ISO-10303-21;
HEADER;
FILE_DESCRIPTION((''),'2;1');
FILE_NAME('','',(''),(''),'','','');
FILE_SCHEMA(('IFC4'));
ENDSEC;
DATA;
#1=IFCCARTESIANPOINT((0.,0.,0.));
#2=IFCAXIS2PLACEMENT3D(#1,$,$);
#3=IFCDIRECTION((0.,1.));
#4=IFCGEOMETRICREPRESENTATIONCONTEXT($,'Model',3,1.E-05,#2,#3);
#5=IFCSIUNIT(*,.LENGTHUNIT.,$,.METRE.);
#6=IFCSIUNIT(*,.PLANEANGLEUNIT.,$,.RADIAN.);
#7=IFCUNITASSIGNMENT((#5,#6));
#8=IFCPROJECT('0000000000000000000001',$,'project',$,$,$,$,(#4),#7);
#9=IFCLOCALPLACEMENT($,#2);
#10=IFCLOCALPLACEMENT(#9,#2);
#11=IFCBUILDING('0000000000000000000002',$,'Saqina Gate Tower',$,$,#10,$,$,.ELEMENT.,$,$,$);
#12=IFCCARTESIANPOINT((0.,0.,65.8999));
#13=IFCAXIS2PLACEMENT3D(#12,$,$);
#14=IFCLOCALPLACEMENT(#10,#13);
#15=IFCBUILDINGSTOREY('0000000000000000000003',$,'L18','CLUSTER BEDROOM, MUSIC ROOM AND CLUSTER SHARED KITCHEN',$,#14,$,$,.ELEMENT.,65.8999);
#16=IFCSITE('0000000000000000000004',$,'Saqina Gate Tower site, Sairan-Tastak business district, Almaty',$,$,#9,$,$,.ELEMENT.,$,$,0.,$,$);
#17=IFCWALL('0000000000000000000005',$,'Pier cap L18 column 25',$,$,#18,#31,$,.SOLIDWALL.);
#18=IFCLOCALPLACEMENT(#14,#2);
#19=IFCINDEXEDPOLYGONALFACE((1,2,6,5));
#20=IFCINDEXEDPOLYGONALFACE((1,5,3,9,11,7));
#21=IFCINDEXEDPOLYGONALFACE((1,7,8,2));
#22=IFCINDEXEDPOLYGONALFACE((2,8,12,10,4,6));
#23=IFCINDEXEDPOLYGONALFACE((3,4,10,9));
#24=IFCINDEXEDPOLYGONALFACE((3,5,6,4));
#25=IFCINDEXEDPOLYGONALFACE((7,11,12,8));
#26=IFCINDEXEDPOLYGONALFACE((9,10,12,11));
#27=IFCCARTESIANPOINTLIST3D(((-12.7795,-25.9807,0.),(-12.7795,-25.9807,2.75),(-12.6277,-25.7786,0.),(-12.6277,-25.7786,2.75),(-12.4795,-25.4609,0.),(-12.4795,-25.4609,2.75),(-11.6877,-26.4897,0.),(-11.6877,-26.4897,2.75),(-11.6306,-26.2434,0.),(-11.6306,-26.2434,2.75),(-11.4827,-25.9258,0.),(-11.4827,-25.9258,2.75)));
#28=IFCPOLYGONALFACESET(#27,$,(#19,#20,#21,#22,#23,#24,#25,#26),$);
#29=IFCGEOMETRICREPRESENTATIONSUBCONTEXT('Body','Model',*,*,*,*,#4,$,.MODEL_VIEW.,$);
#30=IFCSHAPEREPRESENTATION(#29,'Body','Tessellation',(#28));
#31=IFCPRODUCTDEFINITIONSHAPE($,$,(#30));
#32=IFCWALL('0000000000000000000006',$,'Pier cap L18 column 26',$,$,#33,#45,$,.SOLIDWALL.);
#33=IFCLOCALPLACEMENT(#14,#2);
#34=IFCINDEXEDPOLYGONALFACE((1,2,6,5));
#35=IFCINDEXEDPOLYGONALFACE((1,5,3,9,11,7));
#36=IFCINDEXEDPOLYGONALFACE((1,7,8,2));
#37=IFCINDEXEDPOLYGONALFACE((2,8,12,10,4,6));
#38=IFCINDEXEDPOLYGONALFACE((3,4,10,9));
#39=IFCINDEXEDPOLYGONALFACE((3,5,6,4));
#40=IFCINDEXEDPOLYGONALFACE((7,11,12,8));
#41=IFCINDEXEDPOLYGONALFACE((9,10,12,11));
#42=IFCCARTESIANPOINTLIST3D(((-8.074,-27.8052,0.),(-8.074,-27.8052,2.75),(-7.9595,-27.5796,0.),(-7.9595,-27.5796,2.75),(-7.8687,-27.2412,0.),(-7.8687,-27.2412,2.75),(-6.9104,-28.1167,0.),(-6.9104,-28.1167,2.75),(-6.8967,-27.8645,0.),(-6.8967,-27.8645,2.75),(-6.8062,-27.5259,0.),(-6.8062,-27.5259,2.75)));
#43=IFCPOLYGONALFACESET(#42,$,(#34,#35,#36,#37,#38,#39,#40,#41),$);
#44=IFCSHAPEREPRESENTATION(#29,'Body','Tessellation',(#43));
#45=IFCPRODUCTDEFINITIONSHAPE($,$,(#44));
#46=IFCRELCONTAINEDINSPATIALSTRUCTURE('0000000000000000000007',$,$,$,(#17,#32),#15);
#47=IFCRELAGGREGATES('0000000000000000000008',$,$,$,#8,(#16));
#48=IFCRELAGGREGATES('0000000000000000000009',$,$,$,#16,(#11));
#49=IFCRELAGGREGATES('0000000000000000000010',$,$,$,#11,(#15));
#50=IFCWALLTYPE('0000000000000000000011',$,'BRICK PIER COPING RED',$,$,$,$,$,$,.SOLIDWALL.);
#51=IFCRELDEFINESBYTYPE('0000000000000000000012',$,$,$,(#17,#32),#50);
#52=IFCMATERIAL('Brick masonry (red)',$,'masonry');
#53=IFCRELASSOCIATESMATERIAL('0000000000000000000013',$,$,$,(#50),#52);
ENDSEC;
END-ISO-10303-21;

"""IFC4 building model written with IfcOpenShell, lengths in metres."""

from ifc_helpers import new_model, si_unit, direction, frame, origin, place, context, subcontext, project, spatial, polyline, outline, extrude, material, type_object, element, save


model = new_model("IFC4")

# Units and contexts
model_context = context("Model", 3, precision=1e-05, world=origin(), true_north=direction((0.0, 1.0)))
body_context = subcontext(model_context, "Body", "Model", "MODEL_VIEW")
ifc_project = project(units=[si_unit("LENGTHUNIT", "METRE"), si_unit("PLANEANGLEUNIT", "RADIAN")], contexts=[model_context])

# Site, building, storey
site_placement = place(None, origin())
site = spatial("IfcSite", under=ifc_project, at=site_placement, Name="Saqina Gate Tower site, Sairan-Tastak business district, Almaty", CompositionType="ELEMENT", RefElevation=0.0)
building_placement = place(site_placement, origin())
building = spatial("IfcBuilding", under=site, at=building_placement, Name="Saqina Gate Tower", CompositionType="ELEMENT")
storey_placement = place(building_placement, frame((0.0, 0.0, 65.8999)))
storey = spatial("IfcBuildingStorey", under=building, at=storey_placement, Name="L18", Description="CLUSTER BEDROOM, MUSIC ROOM AND CLUSTER SHARED KITCHEN", CompositionType="ELEMENT", Elevation=65.8999)

# Walls
ifc_material_1 = material(Name="Brick masonry (red)", Category="masonry")
wall_type = type_object("IfcWallType", Name="BRICK PIER COPING RED", PredefinedType="SOLIDWALL", material=ifc_material_1)
wall_1_placement = place(storey_placement, origin())
element("IfcWall", 1, at=wall_1_placement, inside=storey, type_object=wall_type, Name="Pier cap L18 column 25", PredefinedType="SOLIDWALL", context=body_context, shape_type="SweptSolid", body=[
    extrude(outline(polyline([(-11.6877, -26.4897), (-11.4827, -25.9258), (-11.6306, -26.2434), (-12.6277, -25.7786), (-12.4795, -25.4609), (-12.7795, -25.9807), (-11.6877, -26.4897)])), origin(), (0.0, 0.0, 1.0), 2.75),
])
wall_2_placement = place(storey_placement, origin())
element("IfcWall", 2, at=wall_2_placement, inside=storey, type_object=wall_type, Name="Pier cap L18 column 26", PredefinedType="SOLIDWALL", context=body_context, shape_type="SweptSolid", body=[
    extrude(outline(polyline([(-6.9104, -28.1167), (-6.8062, -27.5259), (-6.8967, -27.8645), (-7.9595, -27.5796), (-7.8687, -27.2412), (-8.074, -27.8052), (-6.9104, -28.1167)])), origin(), (0.0, 0.0, 1.0), 2.75),
])

save(model, "model.ifc")
